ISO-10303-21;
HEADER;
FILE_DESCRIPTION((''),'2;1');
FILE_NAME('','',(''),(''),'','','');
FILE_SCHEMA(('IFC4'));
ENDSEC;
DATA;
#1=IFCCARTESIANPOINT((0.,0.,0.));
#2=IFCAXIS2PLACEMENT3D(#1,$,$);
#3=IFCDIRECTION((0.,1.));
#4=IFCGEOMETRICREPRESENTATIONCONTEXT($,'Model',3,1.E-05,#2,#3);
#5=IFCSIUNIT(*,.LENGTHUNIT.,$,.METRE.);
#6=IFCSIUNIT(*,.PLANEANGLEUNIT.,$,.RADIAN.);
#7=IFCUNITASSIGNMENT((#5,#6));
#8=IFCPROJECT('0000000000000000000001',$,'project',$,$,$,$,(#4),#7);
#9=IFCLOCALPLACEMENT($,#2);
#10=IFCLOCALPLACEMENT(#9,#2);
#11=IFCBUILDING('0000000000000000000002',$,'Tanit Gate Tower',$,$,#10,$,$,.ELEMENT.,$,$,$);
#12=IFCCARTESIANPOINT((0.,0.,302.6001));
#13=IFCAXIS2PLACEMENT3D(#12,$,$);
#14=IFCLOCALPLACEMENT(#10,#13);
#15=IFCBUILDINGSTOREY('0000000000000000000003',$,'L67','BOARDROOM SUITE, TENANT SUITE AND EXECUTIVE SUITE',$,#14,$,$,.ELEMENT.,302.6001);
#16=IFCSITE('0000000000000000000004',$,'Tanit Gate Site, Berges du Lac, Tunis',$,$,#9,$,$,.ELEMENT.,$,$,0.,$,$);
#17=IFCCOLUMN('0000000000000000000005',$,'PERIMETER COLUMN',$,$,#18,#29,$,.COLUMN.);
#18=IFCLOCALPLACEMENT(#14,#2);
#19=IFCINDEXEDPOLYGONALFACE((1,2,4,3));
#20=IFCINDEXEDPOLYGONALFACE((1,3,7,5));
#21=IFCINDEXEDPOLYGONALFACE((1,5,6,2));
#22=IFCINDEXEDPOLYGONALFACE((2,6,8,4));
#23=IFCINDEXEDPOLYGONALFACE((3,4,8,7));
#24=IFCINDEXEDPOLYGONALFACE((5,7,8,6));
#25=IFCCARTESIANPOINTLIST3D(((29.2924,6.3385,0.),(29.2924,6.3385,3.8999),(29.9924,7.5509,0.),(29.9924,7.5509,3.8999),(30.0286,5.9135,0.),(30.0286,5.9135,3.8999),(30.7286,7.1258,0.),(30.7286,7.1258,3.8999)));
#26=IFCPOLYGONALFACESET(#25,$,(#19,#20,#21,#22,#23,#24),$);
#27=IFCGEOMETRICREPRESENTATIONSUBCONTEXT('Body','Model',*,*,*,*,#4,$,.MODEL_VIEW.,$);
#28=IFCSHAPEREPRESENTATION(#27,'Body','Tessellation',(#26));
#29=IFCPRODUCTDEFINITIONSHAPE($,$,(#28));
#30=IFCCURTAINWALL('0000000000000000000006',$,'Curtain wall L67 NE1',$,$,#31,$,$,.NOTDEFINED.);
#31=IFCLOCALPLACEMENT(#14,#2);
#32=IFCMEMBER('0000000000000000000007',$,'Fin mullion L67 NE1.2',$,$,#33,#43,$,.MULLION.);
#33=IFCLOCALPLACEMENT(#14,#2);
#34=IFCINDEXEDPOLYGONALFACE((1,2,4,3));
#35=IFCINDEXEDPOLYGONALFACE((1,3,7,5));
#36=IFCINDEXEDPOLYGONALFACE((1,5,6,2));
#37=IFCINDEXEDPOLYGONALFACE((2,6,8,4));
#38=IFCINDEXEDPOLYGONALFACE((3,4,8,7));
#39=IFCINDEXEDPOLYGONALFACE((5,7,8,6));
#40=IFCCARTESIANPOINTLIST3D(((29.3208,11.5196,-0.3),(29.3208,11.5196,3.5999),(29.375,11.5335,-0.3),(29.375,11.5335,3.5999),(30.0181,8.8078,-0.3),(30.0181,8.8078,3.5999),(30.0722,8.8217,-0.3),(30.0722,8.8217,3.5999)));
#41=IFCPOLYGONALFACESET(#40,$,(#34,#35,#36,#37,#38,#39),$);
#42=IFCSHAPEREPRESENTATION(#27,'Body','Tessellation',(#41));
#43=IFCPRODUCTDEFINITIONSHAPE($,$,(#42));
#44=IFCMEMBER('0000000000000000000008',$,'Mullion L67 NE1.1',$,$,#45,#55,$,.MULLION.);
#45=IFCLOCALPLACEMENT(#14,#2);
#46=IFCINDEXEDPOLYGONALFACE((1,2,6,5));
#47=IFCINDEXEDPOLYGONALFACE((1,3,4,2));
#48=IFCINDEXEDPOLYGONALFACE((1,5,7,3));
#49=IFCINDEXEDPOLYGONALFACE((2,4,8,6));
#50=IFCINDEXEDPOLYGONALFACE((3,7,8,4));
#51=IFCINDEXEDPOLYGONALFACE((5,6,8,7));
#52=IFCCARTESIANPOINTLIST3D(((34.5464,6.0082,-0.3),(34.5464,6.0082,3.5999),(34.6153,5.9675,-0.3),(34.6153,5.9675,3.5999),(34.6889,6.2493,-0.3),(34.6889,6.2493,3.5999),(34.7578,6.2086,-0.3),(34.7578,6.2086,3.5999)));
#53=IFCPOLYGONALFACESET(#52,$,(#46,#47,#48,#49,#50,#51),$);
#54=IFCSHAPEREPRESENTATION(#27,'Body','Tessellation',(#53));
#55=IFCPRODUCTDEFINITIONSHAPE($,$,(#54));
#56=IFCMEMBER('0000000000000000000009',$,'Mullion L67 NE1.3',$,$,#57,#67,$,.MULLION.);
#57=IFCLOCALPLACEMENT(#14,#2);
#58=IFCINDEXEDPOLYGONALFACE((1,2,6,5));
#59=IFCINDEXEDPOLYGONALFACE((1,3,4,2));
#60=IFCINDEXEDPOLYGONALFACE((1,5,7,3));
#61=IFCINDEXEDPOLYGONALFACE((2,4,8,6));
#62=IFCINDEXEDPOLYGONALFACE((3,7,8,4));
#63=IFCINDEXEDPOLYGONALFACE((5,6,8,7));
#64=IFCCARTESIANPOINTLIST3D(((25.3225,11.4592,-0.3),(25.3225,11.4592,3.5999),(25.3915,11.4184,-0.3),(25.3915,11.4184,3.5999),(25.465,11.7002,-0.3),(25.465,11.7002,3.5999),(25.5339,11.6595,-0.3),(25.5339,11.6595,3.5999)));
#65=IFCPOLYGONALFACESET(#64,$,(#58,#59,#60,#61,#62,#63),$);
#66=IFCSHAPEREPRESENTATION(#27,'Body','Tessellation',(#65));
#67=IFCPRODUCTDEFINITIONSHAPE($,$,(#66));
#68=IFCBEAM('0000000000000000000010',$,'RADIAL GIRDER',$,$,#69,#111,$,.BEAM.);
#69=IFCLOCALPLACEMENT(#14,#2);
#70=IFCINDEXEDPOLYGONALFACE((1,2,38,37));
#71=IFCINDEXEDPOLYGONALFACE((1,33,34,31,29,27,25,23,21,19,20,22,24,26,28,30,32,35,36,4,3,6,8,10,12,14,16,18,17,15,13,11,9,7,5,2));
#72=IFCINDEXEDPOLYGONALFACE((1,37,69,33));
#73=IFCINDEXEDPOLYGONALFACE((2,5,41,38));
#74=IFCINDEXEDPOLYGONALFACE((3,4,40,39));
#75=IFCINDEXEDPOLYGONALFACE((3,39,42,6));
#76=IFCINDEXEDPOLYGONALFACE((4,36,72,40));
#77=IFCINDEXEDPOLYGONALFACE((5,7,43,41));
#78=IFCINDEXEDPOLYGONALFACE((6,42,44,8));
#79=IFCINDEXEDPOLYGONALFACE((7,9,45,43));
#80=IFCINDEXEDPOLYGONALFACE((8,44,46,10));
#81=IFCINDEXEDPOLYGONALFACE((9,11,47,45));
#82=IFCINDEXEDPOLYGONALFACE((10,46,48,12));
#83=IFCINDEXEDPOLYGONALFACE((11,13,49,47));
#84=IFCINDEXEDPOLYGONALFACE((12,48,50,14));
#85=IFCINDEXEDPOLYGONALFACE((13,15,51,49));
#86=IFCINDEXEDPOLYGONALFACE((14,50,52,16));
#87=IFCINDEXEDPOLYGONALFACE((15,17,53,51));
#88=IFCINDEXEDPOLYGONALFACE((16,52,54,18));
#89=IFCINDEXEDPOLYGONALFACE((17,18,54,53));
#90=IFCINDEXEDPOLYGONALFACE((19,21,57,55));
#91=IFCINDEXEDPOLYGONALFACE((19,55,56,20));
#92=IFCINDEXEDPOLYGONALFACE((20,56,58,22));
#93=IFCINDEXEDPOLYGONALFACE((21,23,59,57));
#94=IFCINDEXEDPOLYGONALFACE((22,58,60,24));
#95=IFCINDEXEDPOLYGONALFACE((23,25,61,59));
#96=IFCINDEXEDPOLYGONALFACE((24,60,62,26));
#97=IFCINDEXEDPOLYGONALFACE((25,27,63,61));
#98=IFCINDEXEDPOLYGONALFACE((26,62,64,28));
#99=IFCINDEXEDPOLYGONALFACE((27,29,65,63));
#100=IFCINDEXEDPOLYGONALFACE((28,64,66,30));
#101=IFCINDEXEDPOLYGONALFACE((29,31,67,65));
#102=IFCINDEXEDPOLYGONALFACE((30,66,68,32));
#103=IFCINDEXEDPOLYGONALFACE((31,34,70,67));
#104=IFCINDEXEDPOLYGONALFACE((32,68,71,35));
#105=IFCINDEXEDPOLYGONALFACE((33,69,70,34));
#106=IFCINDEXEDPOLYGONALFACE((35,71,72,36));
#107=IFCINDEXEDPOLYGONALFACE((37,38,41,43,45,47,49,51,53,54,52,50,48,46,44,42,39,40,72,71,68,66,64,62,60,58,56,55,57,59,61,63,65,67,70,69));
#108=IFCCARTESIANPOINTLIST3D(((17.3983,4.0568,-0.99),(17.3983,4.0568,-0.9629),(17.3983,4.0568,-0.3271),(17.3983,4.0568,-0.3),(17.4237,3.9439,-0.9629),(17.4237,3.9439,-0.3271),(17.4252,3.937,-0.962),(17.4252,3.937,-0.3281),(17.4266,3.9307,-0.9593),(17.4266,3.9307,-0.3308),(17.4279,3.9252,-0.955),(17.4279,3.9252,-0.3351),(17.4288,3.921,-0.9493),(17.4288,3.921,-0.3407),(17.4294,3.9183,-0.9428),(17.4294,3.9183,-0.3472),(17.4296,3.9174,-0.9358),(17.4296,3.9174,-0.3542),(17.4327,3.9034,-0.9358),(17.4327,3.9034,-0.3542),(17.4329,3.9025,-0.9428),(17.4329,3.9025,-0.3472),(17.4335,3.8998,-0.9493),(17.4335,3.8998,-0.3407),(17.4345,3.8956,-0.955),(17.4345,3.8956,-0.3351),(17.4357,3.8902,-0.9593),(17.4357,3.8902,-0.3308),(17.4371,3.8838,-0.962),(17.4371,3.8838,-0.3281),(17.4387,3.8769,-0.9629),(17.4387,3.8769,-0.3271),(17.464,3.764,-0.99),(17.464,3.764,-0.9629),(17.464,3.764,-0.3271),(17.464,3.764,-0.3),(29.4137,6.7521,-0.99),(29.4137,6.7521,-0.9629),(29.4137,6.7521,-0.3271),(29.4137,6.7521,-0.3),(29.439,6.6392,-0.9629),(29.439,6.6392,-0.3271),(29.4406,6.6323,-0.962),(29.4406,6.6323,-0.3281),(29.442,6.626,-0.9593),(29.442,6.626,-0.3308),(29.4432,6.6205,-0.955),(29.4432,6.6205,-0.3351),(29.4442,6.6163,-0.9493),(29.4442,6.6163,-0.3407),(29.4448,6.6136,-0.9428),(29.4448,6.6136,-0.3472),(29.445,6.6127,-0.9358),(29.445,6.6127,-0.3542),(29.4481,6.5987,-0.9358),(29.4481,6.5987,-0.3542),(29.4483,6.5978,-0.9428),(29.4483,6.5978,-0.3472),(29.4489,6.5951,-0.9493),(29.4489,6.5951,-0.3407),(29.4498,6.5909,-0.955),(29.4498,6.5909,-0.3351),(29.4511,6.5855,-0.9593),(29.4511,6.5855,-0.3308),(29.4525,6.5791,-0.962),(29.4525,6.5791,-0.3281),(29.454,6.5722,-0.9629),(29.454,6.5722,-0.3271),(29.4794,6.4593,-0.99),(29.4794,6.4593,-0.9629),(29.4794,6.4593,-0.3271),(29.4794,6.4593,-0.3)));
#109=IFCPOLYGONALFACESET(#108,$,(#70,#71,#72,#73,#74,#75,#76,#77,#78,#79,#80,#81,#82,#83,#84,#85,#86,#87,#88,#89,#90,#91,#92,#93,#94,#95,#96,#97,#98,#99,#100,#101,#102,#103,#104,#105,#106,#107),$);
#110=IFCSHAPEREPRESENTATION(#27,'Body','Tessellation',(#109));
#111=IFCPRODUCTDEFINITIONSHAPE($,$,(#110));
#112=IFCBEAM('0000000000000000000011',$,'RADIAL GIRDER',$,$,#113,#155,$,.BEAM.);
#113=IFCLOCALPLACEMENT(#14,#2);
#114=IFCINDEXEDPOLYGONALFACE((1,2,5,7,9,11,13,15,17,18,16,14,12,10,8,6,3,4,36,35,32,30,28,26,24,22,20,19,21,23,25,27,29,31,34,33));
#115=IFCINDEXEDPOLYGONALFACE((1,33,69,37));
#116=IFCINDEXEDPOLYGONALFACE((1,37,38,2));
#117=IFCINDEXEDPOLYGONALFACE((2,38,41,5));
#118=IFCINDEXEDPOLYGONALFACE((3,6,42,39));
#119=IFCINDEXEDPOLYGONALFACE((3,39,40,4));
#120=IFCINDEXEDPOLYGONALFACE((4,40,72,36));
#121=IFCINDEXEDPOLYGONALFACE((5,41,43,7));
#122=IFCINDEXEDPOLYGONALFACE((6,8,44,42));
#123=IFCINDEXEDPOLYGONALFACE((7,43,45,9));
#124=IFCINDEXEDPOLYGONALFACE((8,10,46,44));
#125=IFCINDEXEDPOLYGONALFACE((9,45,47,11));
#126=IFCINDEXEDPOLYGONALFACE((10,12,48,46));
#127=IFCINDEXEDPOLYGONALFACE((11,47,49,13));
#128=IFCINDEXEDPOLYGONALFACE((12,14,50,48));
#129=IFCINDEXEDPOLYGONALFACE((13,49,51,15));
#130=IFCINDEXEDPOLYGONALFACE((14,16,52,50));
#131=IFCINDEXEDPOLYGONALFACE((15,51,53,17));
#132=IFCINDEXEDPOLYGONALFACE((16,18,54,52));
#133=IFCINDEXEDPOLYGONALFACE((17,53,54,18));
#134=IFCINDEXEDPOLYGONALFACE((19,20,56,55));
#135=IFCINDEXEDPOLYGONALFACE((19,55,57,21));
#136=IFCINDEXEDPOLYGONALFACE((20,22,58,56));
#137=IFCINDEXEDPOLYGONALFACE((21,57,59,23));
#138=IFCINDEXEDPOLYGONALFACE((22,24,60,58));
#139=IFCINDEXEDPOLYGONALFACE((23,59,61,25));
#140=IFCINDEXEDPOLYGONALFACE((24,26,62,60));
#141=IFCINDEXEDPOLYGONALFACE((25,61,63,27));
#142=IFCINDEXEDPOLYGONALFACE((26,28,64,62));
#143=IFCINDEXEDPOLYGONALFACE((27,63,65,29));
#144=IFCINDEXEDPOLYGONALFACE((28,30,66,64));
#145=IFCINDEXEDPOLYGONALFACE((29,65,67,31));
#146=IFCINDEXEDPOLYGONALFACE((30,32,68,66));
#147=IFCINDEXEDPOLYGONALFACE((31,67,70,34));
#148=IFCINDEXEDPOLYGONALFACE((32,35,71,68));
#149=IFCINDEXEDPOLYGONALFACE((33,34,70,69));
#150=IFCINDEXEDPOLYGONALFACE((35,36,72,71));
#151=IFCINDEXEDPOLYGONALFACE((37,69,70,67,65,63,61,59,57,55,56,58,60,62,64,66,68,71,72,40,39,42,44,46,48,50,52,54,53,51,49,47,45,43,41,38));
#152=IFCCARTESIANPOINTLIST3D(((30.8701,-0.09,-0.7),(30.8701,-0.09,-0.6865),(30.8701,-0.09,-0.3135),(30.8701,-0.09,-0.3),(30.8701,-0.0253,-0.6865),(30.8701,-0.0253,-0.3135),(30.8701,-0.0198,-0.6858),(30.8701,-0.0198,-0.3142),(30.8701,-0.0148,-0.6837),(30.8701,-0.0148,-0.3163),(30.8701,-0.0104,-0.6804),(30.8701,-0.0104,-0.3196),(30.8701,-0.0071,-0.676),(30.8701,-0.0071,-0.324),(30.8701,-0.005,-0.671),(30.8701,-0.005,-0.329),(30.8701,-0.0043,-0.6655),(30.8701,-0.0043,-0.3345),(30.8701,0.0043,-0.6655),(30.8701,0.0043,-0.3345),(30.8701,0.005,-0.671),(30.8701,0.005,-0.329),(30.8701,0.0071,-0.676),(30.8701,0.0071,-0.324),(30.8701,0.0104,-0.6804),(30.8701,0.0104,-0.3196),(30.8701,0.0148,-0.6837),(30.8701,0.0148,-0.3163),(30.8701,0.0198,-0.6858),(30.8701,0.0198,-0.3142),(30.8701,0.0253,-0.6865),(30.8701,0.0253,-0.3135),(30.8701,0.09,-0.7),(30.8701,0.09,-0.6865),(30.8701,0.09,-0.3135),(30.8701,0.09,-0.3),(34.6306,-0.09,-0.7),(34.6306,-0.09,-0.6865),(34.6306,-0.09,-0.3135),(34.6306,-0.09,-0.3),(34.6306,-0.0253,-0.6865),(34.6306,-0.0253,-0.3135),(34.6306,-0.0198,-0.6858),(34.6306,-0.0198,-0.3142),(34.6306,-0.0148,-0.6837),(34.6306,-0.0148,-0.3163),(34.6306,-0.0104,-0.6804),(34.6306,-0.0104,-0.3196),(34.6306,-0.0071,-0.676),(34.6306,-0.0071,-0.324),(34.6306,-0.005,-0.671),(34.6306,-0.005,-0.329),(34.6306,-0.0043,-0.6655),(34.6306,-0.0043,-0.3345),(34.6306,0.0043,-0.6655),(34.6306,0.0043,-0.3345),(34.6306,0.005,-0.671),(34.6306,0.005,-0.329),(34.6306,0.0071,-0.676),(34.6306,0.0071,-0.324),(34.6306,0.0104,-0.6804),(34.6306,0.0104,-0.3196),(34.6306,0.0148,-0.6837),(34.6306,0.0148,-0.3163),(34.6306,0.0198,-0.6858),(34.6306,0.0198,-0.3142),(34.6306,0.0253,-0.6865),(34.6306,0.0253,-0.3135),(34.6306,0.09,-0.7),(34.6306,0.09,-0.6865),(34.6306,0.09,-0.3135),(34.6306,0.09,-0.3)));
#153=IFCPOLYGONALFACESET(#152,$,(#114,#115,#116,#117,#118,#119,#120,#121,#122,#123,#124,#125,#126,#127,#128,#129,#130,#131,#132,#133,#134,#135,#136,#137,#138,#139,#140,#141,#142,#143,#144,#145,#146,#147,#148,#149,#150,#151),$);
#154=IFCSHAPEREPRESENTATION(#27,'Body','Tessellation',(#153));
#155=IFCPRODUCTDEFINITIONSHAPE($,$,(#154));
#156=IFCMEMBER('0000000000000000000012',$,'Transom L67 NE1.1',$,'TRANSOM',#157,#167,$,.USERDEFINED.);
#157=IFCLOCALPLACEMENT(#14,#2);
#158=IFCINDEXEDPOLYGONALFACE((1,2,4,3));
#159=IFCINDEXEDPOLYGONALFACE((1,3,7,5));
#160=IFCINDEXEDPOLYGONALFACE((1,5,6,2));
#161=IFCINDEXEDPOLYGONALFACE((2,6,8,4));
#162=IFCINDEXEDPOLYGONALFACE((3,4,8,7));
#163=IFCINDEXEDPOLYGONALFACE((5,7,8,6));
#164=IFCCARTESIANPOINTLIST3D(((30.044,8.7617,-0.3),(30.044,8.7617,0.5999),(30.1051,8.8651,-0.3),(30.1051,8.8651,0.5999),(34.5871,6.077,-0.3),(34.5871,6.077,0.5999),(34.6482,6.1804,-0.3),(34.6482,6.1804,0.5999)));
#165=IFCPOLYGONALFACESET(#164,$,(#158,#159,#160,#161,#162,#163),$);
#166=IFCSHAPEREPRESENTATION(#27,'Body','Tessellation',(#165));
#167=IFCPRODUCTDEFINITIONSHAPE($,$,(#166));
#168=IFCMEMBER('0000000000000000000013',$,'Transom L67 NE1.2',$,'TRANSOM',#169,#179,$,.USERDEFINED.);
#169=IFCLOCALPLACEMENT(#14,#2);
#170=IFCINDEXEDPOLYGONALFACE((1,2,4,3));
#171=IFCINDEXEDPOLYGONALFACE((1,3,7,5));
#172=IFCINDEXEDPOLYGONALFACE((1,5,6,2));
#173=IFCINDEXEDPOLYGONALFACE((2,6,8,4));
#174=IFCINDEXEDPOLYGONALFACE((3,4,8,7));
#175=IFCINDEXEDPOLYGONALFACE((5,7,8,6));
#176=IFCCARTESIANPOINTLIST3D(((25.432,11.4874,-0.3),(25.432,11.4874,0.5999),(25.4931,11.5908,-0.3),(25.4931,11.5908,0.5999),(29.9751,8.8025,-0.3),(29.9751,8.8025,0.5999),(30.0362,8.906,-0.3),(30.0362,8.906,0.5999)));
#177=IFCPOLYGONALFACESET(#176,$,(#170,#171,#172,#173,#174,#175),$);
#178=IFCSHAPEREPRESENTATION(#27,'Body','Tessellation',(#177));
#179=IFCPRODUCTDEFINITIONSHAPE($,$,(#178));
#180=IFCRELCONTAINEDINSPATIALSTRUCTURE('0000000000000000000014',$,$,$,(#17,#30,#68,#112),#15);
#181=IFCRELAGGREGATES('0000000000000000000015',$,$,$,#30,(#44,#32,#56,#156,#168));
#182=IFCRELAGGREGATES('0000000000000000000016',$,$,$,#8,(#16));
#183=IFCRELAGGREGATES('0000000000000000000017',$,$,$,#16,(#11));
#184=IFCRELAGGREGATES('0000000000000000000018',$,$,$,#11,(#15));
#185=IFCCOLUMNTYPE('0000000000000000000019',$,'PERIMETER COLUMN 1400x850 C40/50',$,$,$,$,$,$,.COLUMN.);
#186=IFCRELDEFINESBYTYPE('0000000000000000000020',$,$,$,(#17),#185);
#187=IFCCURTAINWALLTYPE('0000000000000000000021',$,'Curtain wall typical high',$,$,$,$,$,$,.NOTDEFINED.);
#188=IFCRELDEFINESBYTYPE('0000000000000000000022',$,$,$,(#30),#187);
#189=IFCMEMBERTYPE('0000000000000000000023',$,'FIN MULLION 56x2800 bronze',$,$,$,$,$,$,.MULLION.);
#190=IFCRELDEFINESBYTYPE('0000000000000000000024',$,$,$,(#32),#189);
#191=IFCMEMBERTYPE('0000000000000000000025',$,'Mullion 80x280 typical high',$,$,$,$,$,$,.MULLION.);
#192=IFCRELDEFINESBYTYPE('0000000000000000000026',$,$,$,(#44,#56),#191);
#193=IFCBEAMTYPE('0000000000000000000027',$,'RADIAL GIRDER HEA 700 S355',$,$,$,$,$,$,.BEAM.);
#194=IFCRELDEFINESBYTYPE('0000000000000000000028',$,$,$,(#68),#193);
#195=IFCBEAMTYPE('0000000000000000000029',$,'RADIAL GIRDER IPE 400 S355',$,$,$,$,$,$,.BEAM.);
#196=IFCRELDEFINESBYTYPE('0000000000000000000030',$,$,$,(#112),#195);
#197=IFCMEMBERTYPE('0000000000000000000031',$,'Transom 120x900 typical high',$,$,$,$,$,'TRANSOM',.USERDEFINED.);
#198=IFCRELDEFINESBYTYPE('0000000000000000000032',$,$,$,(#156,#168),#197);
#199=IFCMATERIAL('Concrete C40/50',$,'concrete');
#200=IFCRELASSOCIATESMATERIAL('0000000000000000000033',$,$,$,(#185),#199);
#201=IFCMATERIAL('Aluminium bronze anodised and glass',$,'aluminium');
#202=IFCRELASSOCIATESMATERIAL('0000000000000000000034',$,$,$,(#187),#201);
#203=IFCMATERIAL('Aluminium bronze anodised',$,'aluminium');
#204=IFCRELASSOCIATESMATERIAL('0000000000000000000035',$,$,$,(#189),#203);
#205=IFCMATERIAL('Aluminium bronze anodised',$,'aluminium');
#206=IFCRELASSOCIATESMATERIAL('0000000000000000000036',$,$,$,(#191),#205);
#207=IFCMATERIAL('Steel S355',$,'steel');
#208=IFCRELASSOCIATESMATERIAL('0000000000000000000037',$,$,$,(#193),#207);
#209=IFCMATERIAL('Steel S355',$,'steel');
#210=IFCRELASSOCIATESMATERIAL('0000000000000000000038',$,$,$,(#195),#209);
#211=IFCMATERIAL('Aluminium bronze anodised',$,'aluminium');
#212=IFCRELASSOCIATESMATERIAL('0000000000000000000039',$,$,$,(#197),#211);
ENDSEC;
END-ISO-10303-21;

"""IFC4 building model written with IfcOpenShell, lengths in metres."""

from ifc_helpers import new_model, si_unit, direction, frame, origin, origin_2d, place, context, subcontext, project, spatial, rectangle, i_section, extrude, material, material_profile, profile_set, type_object, element, aggregate, save


model = new_model("IFC4")

# Units and contexts
model_context = context("Model", 3, precision=1e-05, world=origin(), true_north=direction((0.0, 1.0)))
body_context = subcontext(model_context, "Body", "Model", "MODEL_VIEW")
ifc_project = project(units=[si_unit("LENGTHUNIT", "METRE"), si_unit("PLANEANGLEUNIT", "RADIAN")], contexts=[model_context])

# Site, building, storey
site_placement = place(None, origin())
site = spatial("IfcSite", under=ifc_project, at=site_placement, Name="Tanit Gate Site, Berges du Lac, Tunis", CompositionType="ELEMENT", RefElevation=0.0)
building_placement = place(site_placement, origin())
building = spatial("IfcBuilding", under=site, at=building_placement, Name="Tanit Gate Tower", CompositionType="ELEMENT")
storey_placement = place(building_placement, frame((0.0, 0.0, 302.6001)))
storey = spatial("IfcBuildingStorey", under=building, at=storey_placement, Name="L67", Description="BOARDROOM SUITE, TENANT SUITE AND EXECUTIVE SUITE", CompositionType="ELEMENT", Elevation=302.6001)

# Column
ifc_material_1 = material(Name="Concrete C40/50", Category="concrete")
ifc_material_profile_1 = material_profile(ifc_material_1, rectangle(XDim=1.3999, YDim=0.8501, at=origin_2d()), Name="RC 1400x850")
ifc_profile_set_1 = profile_set([ifc_material_profile_1], Name="Concrete C40/50")
column_type = type_object("IfcColumnType", Name="PERIMETER COLUMN 1400x850 C40/50", PredefinedType="COLUMN", material=ifc_profile_set_1)
column_placement = place(storey_placement, frame((30.0105, 6.7322, 0.0), z_axis=(0.0, 0.0, 1.0), x_axis=(0.5, 0.866025, 0.0)))
element("IfcColumn", 1, at=column_placement, inside=storey, type_object=column_type, Name="PERIMETER COLUMN", PredefinedType="COLUMN", context=body_context, shape_type="SweptSolid", body=[
    extrude(rectangle(XDim=1.3999, YDim=0.8501, at=origin_2d()), origin(), (0.0, 0.0, 1.0), 3.8999),
])

# Curtain wall, members
ifc_material_2 = material(Name="Aluminium bronze anodised and glass", Category="aluminium")
curtain_wall_type = type_object("IfcCurtainWallType", Name="Curtain wall typical high", PredefinedType="NOTDEFINED", material=ifc_material_2)
curtain_wall_1_placement = place(storey_placement, origin())
curtain_wall_1 = element("IfcCurtainWall", 2, at=curtain_wall_1_placement, inside=storey, type_object=curtain_wall_type, Name="Curtain wall L67 NE1", PredefinedType="NOTDEFINED")
ifc_material_3 = material(Name="Aluminium bronze anodised", Category="aluminium")
ifc_material_profile_2 = material_profile(ifc_material_3, rectangle(XDim=2.8, YDim=0.0559, at=origin_2d()), Name="56x2800 bronze fin mullion")
ifc_profile_set_2 = profile_set([ifc_material_profile_2], Name="Aluminium bronze anodised")
member_type_1 = type_object("IfcMemberType", Name="FIN MULLION 56x2800 bronze", PredefinedType="MULLION", material=ifc_profile_set_2)
member_1_placement = place(storey_placement, frame((29.6965, 10.1707, -0.3), z_axis=(0.0, 0.0, 1.0), x_axis=(0.249006, -0.968502, 0.0)))
member_1 = element("IfcMember", 3, at=member_1_placement, type_object=member_type_1, Name="Fin mullion L67 NE1.2", PredefinedType="MULLION", context=body_context, shape_type="SweptSolid", body=[
    extrude(rectangle(XDim=2.8, YDim=0.0559, at=origin_2d()), origin(), (0.0, 0.0, 1.0), 3.8999),
])
ifc_material_4 = material(Name="Aluminium bronze anodised", Category="aluminium")
ifc_material_profile_3 = material_profile(ifc_material_4, rectangle(XDim=0.28, YDim=0.0801, at=origin_2d()), Name="80x280 bronze mullion")
ifc_profile_set_3 = profile_set([ifc_material_profile_3], Name="Aluminium bronze anodised")
member_type_2 = type_object("IfcMemberType", Name="Mullion 80x280 typical high", PredefinedType="MULLION", material=ifc_profile_set_3)
member_2_placement = place(storey_placement, frame((34.6521, 6.1084, -0.3), z_axis=(0.0, 0.0, 1.0), x_axis=(-0.508761, -0.860908, 0.0)))
member_2 = element("IfcMember", 4, at=member_2_placement, type_object=member_type_2, Name="Mullion L67 NE1.1", PredefinedType="MULLION", context=body_context, shape_type="SweptSolid", body=[
    extrude(rectangle(XDim=0.28, YDim=0.0801, at=origin_2d()), origin(), (0.0, 0.0, 1.0), 3.8999),
])
member_3_placement = place(storey_placement, frame((25.4282, 11.5593, -0.3), z_axis=(0.0, 0.0, 1.0), x_axis=(-0.508761, -0.860908, 0.0)))
member_3 = element("IfcMember", 5, at=member_3_placement, type_object=member_type_2, Name="Mullion L67 NE1.3", PredefinedType="MULLION", context=body_context, shape_type="SweptSolid", body=[
    extrude(rectangle(XDim=0.28, YDim=0.0801, at=origin_2d()), origin(), (0.0, 0.0, 1.0), 3.8999),
])

# Beams
ifc_material_5 = material(Name="Steel S355", Category="steel")
ifc_material_profile_4 = material_profile(ifc_material_5, i_section(OverallWidth=0.3, OverallDepth=0.6899, WebThickness=0.0144, FlangeThickness=0.0271, FilletRadius=0.0271, at=origin_2d()), Name="HEA 700")
ifc_profile_set_4 = profile_set([ifc_material_profile_4], Name="Steel S355")
beam_type_1 = type_object("IfcBeamType", Name="RADIAL GIRDER HEA 700 S355", PredefinedType="BEAM", material=ifc_profile_set_4)
beam_1_placement = place(storey_placement, frame((29.4465, 6.6057, -0.645), z_axis=(-0.975751, -0.218882, 0.0), x_axis=(0.218882, -0.975751, 0.0)))
element("IfcBeam", 6, at=beam_1_placement, inside=storey, type_object=beam_type_1, Name="RADIAL GIRDER", PredefinedType="BEAM", context=body_context, shape_type="SweptSolid", body=[
    extrude(i_section(OverallWidth=0.3, OverallDepth=0.6899, WebThickness=0.0144, FlangeThickness=0.0271, FilletRadius=0.0271, at=origin_2d()), origin(), (0.0, 0.0, 1.0), 12.314),
])
ifc_material_6 = material(Name="Steel S355", Category="steel")
ifc_material_profile_5 = material_profile(ifc_material_6, i_section(OverallWidth=0.1799, OverallDepth=0.3999, WebThickness=0.0085, FlangeThickness=0.0134, FilletRadius=0.021, at=origin_2d()), Name="IPE 400")
ifc_profile_set_5 = profile_set([ifc_material_profile_5], Name="Steel S355")
beam_type_2 = type_object("IfcBeamType", Name="RADIAL GIRDER IPE 400 S355", PredefinedType="BEAM", material=ifc_profile_set_5)
beam_2_placement = place(storey_placement, frame((34.6306, 0.0, -0.5), z_axis=(-1.0, 0.0, 0.0), x_axis=(0.0, -1.0, 0.0)))
element("IfcBeam", 7, at=beam_2_placement, inside=storey, type_object=beam_type_2, Name="RADIAL GIRDER", PredefinedType="BEAM", context=body_context, shape_type="SweptSolid", body=[
    extrude(i_section(OverallWidth=0.1799, OverallDepth=0.3999, WebThickness=0.0085, FlangeThickness=0.0134, FilletRadius=0.021, at=origin_2d()), origin(), (0.0, 0.0, 1.0), 3.7605),
])

# Members
ifc_material_7 = material(Name="Aluminium bronze anodised", Category="aluminium")
ifc_material_profile_6 = material_profile(ifc_material_7, rectangle(XDim=0.1201, YDim=0.8999, at=origin_2d()), Name="120x900 bronze transom")
ifc_profile_set_6 = profile_set([ifc_material_profile_6], Name="Aluminium bronze anodised")
member_type_3 = type_object("IfcMemberType", Name="Transom 120x900 typical high", ElementType="TRANSOM", PredefinedType="USERDEFINED", material=ifc_profile_set_6)
member_4_placement = place(storey_placement, frame((34.6177, 6.1287, 0.1499), z_axis=(-0.860911, 0.508756, 0.0), x_axis=(-0.508756, -0.860911, 0.0)))
member_4 = element("IfcMember", 8, at=member_4_placement, type_object=member_type_3, Name="Transom L67 NE1.1", ObjectType="TRANSOM", PredefinedType="USERDEFINED", context=body_context, shape_type="SweptSolid", body=[
    extrude(rectangle(XDim=0.1201, YDim=0.8999, at=origin_2d()), origin(), (0.0, 0.0, 1.0), 5.2771),
])
member_5_placement = place(storey_placement, frame((30.0056, 8.8542, 0.1499), z_axis=(-0.860899, 0.508776, 0.0), x_axis=(-0.508776, -0.860899, 0.0)))
member_5 = element("IfcMember", 9, at=member_5_placement, type_object=member_type_3, Name="Transom L67 NE1.2", ObjectType="TRANSOM", PredefinedType="USERDEFINED", context=body_context, shape_type="SweptSolid", body=[
    extrude(rectangle(XDim=0.1201, YDim=0.8999, at=origin_2d()), origin(), (0.0, 0.0, 1.0), 5.2771),
])

aggregate(curtain_wall_1, [member_2, member_1, member_3, member_4, member_5])

save(model, "model.ifc")
